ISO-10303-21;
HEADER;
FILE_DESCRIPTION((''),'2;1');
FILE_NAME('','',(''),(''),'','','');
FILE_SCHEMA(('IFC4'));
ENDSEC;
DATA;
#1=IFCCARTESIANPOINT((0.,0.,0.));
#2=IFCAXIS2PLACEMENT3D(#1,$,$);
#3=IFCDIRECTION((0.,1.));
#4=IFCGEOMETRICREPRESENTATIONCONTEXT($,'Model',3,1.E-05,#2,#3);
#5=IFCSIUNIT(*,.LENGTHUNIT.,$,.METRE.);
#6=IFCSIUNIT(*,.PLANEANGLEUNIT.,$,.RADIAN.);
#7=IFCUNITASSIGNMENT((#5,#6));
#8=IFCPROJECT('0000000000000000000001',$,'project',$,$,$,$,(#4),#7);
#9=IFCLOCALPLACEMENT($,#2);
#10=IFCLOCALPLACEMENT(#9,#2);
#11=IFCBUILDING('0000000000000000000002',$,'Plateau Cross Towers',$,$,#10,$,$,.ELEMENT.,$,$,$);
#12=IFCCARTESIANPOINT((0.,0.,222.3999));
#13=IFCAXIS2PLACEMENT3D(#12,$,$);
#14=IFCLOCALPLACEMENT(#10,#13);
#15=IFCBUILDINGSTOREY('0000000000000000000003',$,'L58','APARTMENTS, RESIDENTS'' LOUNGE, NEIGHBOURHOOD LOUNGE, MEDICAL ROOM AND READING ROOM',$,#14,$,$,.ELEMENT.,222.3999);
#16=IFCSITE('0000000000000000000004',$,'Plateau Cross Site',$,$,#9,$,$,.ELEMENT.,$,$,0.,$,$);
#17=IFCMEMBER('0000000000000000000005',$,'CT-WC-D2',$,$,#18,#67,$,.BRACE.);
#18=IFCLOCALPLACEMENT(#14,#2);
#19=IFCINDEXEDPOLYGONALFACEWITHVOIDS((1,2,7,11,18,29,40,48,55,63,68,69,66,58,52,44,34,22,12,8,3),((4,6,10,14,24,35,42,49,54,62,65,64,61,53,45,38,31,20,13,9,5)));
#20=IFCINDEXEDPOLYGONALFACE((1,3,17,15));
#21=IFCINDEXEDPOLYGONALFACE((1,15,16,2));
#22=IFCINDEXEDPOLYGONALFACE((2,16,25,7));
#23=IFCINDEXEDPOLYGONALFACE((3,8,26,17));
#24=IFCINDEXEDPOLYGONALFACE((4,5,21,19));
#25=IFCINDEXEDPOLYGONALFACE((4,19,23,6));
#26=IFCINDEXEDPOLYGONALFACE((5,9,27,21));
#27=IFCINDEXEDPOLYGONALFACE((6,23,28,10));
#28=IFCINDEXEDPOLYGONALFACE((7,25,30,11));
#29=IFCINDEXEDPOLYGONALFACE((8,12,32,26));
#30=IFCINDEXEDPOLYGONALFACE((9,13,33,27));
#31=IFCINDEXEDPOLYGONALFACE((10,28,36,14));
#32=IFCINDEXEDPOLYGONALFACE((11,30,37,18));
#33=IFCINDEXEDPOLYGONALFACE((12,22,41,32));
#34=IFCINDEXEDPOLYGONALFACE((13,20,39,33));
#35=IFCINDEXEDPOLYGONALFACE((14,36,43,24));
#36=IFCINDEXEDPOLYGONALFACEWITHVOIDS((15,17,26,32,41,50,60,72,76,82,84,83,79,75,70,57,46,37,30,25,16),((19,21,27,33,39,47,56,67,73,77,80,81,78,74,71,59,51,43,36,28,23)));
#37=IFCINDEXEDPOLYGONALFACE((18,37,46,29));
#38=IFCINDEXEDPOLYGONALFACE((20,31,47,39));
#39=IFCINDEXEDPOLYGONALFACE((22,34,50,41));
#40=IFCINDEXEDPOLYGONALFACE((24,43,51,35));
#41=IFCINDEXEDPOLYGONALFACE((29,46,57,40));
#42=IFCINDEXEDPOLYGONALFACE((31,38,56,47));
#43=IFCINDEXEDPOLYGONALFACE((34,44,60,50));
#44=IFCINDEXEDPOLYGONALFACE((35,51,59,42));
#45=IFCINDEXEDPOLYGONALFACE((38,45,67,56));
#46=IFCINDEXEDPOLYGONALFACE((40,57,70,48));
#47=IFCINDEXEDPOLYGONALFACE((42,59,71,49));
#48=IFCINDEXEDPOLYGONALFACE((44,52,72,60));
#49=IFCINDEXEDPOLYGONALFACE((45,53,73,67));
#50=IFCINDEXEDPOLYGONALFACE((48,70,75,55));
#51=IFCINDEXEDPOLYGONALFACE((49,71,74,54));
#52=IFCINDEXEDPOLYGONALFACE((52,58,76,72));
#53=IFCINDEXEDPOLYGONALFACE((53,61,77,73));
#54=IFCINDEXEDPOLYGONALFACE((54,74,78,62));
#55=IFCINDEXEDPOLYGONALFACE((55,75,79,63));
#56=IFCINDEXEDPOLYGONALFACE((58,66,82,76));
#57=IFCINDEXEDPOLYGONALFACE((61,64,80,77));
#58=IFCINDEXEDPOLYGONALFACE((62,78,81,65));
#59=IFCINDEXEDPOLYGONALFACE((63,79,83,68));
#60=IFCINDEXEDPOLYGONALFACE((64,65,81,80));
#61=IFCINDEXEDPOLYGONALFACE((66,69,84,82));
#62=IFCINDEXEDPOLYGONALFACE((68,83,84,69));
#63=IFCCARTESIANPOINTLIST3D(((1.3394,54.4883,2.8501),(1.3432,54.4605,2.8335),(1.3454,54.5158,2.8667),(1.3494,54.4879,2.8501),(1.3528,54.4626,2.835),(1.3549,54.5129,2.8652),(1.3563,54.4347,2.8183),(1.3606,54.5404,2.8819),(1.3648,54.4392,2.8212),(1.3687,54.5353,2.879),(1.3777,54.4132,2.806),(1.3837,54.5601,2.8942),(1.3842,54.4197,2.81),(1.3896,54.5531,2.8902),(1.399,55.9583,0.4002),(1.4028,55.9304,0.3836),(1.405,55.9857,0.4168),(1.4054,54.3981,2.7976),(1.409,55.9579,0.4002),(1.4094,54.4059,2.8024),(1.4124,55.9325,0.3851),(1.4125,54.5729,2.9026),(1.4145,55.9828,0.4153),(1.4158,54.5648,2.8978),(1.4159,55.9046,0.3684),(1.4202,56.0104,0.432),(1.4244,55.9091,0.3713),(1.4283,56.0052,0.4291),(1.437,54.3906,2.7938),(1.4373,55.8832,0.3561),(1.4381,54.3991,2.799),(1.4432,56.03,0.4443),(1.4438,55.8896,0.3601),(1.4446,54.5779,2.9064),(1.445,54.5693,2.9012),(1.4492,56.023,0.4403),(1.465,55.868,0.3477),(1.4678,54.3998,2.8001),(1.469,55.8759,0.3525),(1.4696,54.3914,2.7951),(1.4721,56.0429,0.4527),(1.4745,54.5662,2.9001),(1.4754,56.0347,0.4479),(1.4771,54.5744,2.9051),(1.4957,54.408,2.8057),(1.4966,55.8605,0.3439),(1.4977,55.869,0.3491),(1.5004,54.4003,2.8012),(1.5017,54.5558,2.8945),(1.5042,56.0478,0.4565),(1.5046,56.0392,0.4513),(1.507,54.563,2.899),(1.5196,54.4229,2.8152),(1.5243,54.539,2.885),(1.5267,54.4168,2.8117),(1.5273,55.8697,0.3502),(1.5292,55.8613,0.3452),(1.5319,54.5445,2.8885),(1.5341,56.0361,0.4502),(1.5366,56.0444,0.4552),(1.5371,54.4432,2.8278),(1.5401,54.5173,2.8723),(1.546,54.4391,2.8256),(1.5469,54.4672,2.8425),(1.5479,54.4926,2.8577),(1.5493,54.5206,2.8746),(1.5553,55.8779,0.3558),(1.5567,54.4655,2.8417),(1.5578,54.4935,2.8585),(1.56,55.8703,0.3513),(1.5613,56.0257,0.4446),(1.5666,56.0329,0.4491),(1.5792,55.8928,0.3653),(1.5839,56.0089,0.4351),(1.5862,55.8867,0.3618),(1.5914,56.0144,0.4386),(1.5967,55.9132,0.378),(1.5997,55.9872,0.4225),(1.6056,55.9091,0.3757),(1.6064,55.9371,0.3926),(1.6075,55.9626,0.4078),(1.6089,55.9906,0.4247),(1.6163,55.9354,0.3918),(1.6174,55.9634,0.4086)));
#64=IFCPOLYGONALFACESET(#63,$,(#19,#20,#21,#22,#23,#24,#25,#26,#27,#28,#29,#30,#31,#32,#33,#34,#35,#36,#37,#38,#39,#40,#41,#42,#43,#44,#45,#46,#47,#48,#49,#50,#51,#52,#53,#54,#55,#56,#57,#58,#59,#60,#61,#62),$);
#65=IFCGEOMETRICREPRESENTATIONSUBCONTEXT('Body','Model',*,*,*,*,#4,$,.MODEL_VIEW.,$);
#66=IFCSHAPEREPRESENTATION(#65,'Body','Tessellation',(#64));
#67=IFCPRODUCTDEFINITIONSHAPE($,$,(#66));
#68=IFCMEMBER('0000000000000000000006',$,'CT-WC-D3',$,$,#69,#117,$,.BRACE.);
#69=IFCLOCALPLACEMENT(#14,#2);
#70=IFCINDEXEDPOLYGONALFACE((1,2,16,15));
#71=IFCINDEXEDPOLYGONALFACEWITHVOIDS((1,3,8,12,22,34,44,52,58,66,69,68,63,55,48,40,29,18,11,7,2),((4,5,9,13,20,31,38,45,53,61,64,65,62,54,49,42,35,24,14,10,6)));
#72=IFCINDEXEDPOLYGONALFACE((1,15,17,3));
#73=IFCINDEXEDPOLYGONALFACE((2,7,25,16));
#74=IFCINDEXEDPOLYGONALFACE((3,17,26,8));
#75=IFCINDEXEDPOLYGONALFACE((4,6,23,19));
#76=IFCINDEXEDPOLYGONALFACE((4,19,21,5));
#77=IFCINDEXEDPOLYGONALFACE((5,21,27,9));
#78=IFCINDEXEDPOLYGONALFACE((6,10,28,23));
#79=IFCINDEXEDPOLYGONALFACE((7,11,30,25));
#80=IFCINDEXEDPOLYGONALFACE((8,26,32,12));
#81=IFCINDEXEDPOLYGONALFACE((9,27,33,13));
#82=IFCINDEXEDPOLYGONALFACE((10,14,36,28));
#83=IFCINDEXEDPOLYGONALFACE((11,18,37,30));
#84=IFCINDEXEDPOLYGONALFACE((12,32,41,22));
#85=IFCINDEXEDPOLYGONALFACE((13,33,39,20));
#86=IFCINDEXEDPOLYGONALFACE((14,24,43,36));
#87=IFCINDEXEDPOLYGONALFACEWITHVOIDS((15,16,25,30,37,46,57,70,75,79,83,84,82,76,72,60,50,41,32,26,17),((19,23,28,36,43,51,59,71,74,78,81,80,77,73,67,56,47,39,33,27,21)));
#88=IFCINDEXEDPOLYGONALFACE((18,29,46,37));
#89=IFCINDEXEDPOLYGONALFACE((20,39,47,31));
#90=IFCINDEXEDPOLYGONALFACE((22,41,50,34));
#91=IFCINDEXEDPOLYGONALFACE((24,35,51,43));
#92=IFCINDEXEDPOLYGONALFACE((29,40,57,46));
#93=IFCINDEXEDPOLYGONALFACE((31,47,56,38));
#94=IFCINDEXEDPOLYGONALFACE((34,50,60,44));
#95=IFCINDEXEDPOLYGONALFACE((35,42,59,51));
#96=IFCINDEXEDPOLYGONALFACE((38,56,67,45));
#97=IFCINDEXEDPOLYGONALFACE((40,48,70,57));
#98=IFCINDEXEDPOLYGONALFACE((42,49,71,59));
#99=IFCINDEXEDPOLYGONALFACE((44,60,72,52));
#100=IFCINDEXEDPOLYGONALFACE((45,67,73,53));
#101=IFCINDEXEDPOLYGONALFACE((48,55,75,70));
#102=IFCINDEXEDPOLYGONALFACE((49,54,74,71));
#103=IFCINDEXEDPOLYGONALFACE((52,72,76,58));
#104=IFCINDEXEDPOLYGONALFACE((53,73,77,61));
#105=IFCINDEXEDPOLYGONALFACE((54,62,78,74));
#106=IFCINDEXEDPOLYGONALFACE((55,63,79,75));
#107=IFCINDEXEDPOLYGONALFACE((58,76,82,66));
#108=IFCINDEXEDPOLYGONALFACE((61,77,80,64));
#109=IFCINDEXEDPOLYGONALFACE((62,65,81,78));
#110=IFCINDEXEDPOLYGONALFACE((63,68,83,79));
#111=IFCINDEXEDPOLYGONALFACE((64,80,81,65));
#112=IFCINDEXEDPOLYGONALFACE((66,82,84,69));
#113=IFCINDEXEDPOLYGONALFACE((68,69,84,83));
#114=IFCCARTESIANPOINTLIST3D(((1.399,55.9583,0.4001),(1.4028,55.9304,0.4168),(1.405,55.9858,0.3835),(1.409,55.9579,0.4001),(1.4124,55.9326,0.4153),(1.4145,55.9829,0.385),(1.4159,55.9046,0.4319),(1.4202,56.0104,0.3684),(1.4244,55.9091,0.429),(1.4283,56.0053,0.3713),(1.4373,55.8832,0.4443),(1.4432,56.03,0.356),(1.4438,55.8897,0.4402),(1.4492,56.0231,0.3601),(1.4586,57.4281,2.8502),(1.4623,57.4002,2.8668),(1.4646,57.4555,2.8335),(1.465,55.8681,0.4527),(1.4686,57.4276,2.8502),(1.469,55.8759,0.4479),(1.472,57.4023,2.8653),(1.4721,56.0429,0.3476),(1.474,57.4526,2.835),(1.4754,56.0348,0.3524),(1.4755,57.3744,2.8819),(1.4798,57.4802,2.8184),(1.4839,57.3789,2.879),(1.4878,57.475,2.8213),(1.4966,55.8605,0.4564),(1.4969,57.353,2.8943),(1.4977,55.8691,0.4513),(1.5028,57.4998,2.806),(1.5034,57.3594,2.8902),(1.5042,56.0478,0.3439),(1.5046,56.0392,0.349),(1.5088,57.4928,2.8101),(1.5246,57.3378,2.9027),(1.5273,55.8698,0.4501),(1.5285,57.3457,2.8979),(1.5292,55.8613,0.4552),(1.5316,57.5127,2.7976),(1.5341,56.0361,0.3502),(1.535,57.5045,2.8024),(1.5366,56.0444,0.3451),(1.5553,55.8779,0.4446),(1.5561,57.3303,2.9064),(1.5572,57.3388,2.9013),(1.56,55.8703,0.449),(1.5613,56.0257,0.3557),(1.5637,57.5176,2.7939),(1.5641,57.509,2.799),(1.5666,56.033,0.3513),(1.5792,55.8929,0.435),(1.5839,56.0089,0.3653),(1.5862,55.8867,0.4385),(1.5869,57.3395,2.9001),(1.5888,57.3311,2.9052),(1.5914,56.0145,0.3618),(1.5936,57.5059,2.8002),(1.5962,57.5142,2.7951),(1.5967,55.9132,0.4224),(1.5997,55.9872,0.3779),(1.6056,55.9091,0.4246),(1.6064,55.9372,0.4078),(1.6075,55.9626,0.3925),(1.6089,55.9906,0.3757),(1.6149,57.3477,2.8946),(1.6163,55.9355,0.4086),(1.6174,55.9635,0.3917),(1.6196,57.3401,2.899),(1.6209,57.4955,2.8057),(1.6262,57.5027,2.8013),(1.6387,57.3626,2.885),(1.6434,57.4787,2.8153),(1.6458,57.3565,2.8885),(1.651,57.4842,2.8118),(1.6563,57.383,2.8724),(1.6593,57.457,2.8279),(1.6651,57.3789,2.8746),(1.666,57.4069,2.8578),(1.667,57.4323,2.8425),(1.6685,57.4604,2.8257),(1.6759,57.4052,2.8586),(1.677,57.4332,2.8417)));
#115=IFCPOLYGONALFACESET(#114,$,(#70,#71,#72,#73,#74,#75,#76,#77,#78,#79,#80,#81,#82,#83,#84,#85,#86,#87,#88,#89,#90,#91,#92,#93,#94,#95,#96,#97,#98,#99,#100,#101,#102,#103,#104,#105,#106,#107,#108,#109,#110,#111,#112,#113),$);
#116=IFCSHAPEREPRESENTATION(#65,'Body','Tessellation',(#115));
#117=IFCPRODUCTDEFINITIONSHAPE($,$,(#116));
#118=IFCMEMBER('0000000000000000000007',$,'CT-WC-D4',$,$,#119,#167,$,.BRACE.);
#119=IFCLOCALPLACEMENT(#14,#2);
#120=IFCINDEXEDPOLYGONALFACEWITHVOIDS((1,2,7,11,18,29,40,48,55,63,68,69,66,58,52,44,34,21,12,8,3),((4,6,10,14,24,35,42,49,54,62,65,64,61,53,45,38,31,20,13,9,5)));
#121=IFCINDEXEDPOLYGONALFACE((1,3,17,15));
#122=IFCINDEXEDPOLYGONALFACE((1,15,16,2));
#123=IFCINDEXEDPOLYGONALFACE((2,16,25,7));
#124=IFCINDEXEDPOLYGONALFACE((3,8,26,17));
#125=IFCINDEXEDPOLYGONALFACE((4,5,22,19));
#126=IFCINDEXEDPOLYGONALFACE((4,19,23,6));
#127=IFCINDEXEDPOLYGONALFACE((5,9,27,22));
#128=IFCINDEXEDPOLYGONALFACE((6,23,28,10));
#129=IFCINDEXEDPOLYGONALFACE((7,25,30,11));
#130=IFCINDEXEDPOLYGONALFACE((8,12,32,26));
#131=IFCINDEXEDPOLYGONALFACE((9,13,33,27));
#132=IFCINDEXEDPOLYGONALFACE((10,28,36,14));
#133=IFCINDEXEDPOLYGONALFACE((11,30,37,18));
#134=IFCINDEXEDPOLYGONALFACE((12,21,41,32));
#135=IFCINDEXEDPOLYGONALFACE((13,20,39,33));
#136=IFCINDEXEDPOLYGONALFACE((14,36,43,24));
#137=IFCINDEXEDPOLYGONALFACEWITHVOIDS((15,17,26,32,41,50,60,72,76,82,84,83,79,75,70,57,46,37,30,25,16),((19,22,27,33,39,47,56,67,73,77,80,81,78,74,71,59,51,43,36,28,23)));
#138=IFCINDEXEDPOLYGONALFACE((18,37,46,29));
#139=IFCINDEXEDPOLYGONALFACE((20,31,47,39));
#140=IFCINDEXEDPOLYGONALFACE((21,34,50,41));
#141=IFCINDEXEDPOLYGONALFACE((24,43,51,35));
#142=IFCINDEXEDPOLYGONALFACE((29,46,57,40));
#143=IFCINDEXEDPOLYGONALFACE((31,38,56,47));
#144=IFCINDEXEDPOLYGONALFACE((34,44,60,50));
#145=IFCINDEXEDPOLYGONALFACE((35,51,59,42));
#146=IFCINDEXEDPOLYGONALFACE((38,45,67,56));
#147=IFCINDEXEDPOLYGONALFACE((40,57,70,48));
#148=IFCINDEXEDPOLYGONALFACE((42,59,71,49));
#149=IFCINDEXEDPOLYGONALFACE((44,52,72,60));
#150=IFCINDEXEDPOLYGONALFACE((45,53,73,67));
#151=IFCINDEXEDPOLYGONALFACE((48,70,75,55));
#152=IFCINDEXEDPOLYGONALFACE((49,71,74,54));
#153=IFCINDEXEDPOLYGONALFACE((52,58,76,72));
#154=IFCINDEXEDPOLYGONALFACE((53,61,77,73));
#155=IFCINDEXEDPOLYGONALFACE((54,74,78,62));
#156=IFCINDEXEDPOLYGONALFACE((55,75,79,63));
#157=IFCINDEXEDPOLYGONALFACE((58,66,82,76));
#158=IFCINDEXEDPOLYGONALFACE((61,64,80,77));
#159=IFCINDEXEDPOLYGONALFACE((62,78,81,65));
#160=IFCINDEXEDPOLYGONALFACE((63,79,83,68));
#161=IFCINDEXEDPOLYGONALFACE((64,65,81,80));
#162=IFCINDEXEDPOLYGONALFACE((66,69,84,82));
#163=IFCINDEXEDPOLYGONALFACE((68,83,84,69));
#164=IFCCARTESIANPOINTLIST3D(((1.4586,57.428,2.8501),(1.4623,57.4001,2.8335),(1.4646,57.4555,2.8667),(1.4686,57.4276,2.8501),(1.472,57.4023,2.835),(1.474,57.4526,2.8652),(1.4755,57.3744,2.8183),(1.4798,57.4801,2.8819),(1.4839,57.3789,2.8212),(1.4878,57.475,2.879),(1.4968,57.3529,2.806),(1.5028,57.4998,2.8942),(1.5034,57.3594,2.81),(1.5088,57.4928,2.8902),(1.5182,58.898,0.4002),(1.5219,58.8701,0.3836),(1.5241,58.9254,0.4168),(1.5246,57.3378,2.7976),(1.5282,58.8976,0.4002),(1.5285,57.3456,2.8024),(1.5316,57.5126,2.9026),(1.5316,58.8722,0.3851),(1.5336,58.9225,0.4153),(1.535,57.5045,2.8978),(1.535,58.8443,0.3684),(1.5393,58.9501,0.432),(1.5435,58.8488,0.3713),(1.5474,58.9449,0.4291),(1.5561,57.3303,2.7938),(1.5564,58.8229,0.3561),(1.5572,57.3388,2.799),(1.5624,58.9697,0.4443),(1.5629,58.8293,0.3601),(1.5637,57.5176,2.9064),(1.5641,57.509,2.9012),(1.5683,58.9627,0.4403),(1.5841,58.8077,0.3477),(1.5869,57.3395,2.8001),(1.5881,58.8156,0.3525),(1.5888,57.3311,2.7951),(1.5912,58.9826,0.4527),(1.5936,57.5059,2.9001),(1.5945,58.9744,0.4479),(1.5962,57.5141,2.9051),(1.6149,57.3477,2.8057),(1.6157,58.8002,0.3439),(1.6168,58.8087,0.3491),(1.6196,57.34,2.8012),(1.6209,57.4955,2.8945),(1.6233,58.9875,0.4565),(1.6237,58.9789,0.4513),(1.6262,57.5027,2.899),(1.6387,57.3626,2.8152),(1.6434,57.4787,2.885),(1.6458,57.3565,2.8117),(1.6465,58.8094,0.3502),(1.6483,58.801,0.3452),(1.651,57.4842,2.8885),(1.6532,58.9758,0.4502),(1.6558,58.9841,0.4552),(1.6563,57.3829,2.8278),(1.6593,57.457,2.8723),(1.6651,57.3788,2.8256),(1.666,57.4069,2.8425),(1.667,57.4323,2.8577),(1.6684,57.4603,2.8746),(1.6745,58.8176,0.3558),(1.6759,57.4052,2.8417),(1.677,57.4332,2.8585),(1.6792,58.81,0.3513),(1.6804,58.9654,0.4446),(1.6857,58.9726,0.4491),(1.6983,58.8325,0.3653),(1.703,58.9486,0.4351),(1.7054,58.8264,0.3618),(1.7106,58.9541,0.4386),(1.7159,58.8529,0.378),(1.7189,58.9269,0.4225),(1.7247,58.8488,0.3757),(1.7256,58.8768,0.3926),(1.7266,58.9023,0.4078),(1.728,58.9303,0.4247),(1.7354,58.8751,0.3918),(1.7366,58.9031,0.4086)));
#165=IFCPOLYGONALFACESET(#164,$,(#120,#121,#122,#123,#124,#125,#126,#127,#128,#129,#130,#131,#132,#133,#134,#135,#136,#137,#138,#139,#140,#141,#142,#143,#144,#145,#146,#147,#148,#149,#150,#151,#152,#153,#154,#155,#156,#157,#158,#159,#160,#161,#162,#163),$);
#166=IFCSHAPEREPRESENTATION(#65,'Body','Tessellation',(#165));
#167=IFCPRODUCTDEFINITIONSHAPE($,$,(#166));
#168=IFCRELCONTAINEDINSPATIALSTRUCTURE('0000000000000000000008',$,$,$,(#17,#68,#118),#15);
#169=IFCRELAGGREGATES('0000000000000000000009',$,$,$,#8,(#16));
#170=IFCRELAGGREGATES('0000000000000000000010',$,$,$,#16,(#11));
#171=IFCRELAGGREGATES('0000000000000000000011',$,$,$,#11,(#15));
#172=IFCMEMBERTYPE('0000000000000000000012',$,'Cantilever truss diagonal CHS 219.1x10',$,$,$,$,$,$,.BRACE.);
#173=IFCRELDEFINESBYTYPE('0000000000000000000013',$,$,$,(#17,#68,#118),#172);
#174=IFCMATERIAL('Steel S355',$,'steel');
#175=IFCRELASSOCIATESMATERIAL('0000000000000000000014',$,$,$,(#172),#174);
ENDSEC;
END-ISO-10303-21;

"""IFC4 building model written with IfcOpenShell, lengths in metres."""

from ifc_helpers import new_model, si_unit, direction, frame, origin, origin_2d, place, context, subcontext, project, spatial, hollow_circle, extrude, material, material_profile, profile_set, type_object, element, save


model = new_model("IFC4")

# Units and contexts
model_context = context("Model", 3, precision=1e-05, world=origin(), true_north=direction((0.0, 1.0)))
body_context = subcontext(model_context, "Body", "Model", "MODEL_VIEW")
ifc_project = project(units=[si_unit("LENGTHUNIT", "METRE"), si_unit("PLANEANGLEUNIT", "RADIAN")], contexts=[model_context])

# Site, building, storey
site_placement = place(None, origin())
site = spatial("IfcSite", under=ifc_project, at=site_placement, Name="Plateau Cross Site", CompositionType="ELEMENT", RefElevation=0.0)
building_placement = place(site_placement, origin())
building = spatial("IfcBuilding", under=site, at=building_placement, Name="Plateau Cross Towers", CompositionType="ELEMENT")
storey_placement = place(building_placement, frame((0.0, 0.0, 222.3999)))
storey = spatial("IfcBuildingStorey", under=building, at=storey_placement, Name="L58", Description="APARTMENTS, RESIDENTS' LOUNGE, NEIGHBOURHOOD LOUNGE, MEDICAL ROOM AND READING ROOM", CompositionType="ELEMENT", Elevation=222.3999)

# Members
ifc_material_1 = material(Name="Steel S355", Category="steel")
ifc_material_profile_1 = material_profile(ifc_material_1, hollow_circle(Radius=0.1096, WallThickness=0.01, at=origin_2d()), Name="CHS 219.1x10")
ifc_profile_set_1 = profile_set([ifc_material_profile_1], Name="Steel S355")
member_type_1 = type_object("IfcMemberType", Name="Cantilever truss diagonal CHS 219.1x10", PredefinedType="BRACE", material=ifc_profile_set_1)
for number, where, z_axis, x_axis, name in (
    (1, (1.449, 54.4839, 2.8501), (0.020845, 0.514384, -0.857307), (-0.99918, 0.040492, 0.0), "CT-WC-D2"),
    (2, (1.5085, 55.9539, 0.4001), (0.020846, 0.514321, 0.857344), (-0.99918, 0.040498, 0.0), "CT-WC-D3"),
    (3, (1.5681, 57.4236, 2.8501), (0.020845, 0.514384, -0.857307), (-0.99918, 0.040492, 0.0), "CT-WC-D4"),
):
    element("IfcMember", number, at=place(storey_placement, frame(where, z_axis=z_axis, x_axis=x_axis)), inside=storey, type_object=member_type_1, Name=name, PredefinedType="BRACE", context=body_context, shape_type="SweptSolid", body=[
        extrude(hollow_circle(Radius=0.1096, WallThickness=0.01, at=origin_2d()), origin(), (0.0, 0.0, 1.0), 2.8577),
    ])

save(model, "model.ifc")
